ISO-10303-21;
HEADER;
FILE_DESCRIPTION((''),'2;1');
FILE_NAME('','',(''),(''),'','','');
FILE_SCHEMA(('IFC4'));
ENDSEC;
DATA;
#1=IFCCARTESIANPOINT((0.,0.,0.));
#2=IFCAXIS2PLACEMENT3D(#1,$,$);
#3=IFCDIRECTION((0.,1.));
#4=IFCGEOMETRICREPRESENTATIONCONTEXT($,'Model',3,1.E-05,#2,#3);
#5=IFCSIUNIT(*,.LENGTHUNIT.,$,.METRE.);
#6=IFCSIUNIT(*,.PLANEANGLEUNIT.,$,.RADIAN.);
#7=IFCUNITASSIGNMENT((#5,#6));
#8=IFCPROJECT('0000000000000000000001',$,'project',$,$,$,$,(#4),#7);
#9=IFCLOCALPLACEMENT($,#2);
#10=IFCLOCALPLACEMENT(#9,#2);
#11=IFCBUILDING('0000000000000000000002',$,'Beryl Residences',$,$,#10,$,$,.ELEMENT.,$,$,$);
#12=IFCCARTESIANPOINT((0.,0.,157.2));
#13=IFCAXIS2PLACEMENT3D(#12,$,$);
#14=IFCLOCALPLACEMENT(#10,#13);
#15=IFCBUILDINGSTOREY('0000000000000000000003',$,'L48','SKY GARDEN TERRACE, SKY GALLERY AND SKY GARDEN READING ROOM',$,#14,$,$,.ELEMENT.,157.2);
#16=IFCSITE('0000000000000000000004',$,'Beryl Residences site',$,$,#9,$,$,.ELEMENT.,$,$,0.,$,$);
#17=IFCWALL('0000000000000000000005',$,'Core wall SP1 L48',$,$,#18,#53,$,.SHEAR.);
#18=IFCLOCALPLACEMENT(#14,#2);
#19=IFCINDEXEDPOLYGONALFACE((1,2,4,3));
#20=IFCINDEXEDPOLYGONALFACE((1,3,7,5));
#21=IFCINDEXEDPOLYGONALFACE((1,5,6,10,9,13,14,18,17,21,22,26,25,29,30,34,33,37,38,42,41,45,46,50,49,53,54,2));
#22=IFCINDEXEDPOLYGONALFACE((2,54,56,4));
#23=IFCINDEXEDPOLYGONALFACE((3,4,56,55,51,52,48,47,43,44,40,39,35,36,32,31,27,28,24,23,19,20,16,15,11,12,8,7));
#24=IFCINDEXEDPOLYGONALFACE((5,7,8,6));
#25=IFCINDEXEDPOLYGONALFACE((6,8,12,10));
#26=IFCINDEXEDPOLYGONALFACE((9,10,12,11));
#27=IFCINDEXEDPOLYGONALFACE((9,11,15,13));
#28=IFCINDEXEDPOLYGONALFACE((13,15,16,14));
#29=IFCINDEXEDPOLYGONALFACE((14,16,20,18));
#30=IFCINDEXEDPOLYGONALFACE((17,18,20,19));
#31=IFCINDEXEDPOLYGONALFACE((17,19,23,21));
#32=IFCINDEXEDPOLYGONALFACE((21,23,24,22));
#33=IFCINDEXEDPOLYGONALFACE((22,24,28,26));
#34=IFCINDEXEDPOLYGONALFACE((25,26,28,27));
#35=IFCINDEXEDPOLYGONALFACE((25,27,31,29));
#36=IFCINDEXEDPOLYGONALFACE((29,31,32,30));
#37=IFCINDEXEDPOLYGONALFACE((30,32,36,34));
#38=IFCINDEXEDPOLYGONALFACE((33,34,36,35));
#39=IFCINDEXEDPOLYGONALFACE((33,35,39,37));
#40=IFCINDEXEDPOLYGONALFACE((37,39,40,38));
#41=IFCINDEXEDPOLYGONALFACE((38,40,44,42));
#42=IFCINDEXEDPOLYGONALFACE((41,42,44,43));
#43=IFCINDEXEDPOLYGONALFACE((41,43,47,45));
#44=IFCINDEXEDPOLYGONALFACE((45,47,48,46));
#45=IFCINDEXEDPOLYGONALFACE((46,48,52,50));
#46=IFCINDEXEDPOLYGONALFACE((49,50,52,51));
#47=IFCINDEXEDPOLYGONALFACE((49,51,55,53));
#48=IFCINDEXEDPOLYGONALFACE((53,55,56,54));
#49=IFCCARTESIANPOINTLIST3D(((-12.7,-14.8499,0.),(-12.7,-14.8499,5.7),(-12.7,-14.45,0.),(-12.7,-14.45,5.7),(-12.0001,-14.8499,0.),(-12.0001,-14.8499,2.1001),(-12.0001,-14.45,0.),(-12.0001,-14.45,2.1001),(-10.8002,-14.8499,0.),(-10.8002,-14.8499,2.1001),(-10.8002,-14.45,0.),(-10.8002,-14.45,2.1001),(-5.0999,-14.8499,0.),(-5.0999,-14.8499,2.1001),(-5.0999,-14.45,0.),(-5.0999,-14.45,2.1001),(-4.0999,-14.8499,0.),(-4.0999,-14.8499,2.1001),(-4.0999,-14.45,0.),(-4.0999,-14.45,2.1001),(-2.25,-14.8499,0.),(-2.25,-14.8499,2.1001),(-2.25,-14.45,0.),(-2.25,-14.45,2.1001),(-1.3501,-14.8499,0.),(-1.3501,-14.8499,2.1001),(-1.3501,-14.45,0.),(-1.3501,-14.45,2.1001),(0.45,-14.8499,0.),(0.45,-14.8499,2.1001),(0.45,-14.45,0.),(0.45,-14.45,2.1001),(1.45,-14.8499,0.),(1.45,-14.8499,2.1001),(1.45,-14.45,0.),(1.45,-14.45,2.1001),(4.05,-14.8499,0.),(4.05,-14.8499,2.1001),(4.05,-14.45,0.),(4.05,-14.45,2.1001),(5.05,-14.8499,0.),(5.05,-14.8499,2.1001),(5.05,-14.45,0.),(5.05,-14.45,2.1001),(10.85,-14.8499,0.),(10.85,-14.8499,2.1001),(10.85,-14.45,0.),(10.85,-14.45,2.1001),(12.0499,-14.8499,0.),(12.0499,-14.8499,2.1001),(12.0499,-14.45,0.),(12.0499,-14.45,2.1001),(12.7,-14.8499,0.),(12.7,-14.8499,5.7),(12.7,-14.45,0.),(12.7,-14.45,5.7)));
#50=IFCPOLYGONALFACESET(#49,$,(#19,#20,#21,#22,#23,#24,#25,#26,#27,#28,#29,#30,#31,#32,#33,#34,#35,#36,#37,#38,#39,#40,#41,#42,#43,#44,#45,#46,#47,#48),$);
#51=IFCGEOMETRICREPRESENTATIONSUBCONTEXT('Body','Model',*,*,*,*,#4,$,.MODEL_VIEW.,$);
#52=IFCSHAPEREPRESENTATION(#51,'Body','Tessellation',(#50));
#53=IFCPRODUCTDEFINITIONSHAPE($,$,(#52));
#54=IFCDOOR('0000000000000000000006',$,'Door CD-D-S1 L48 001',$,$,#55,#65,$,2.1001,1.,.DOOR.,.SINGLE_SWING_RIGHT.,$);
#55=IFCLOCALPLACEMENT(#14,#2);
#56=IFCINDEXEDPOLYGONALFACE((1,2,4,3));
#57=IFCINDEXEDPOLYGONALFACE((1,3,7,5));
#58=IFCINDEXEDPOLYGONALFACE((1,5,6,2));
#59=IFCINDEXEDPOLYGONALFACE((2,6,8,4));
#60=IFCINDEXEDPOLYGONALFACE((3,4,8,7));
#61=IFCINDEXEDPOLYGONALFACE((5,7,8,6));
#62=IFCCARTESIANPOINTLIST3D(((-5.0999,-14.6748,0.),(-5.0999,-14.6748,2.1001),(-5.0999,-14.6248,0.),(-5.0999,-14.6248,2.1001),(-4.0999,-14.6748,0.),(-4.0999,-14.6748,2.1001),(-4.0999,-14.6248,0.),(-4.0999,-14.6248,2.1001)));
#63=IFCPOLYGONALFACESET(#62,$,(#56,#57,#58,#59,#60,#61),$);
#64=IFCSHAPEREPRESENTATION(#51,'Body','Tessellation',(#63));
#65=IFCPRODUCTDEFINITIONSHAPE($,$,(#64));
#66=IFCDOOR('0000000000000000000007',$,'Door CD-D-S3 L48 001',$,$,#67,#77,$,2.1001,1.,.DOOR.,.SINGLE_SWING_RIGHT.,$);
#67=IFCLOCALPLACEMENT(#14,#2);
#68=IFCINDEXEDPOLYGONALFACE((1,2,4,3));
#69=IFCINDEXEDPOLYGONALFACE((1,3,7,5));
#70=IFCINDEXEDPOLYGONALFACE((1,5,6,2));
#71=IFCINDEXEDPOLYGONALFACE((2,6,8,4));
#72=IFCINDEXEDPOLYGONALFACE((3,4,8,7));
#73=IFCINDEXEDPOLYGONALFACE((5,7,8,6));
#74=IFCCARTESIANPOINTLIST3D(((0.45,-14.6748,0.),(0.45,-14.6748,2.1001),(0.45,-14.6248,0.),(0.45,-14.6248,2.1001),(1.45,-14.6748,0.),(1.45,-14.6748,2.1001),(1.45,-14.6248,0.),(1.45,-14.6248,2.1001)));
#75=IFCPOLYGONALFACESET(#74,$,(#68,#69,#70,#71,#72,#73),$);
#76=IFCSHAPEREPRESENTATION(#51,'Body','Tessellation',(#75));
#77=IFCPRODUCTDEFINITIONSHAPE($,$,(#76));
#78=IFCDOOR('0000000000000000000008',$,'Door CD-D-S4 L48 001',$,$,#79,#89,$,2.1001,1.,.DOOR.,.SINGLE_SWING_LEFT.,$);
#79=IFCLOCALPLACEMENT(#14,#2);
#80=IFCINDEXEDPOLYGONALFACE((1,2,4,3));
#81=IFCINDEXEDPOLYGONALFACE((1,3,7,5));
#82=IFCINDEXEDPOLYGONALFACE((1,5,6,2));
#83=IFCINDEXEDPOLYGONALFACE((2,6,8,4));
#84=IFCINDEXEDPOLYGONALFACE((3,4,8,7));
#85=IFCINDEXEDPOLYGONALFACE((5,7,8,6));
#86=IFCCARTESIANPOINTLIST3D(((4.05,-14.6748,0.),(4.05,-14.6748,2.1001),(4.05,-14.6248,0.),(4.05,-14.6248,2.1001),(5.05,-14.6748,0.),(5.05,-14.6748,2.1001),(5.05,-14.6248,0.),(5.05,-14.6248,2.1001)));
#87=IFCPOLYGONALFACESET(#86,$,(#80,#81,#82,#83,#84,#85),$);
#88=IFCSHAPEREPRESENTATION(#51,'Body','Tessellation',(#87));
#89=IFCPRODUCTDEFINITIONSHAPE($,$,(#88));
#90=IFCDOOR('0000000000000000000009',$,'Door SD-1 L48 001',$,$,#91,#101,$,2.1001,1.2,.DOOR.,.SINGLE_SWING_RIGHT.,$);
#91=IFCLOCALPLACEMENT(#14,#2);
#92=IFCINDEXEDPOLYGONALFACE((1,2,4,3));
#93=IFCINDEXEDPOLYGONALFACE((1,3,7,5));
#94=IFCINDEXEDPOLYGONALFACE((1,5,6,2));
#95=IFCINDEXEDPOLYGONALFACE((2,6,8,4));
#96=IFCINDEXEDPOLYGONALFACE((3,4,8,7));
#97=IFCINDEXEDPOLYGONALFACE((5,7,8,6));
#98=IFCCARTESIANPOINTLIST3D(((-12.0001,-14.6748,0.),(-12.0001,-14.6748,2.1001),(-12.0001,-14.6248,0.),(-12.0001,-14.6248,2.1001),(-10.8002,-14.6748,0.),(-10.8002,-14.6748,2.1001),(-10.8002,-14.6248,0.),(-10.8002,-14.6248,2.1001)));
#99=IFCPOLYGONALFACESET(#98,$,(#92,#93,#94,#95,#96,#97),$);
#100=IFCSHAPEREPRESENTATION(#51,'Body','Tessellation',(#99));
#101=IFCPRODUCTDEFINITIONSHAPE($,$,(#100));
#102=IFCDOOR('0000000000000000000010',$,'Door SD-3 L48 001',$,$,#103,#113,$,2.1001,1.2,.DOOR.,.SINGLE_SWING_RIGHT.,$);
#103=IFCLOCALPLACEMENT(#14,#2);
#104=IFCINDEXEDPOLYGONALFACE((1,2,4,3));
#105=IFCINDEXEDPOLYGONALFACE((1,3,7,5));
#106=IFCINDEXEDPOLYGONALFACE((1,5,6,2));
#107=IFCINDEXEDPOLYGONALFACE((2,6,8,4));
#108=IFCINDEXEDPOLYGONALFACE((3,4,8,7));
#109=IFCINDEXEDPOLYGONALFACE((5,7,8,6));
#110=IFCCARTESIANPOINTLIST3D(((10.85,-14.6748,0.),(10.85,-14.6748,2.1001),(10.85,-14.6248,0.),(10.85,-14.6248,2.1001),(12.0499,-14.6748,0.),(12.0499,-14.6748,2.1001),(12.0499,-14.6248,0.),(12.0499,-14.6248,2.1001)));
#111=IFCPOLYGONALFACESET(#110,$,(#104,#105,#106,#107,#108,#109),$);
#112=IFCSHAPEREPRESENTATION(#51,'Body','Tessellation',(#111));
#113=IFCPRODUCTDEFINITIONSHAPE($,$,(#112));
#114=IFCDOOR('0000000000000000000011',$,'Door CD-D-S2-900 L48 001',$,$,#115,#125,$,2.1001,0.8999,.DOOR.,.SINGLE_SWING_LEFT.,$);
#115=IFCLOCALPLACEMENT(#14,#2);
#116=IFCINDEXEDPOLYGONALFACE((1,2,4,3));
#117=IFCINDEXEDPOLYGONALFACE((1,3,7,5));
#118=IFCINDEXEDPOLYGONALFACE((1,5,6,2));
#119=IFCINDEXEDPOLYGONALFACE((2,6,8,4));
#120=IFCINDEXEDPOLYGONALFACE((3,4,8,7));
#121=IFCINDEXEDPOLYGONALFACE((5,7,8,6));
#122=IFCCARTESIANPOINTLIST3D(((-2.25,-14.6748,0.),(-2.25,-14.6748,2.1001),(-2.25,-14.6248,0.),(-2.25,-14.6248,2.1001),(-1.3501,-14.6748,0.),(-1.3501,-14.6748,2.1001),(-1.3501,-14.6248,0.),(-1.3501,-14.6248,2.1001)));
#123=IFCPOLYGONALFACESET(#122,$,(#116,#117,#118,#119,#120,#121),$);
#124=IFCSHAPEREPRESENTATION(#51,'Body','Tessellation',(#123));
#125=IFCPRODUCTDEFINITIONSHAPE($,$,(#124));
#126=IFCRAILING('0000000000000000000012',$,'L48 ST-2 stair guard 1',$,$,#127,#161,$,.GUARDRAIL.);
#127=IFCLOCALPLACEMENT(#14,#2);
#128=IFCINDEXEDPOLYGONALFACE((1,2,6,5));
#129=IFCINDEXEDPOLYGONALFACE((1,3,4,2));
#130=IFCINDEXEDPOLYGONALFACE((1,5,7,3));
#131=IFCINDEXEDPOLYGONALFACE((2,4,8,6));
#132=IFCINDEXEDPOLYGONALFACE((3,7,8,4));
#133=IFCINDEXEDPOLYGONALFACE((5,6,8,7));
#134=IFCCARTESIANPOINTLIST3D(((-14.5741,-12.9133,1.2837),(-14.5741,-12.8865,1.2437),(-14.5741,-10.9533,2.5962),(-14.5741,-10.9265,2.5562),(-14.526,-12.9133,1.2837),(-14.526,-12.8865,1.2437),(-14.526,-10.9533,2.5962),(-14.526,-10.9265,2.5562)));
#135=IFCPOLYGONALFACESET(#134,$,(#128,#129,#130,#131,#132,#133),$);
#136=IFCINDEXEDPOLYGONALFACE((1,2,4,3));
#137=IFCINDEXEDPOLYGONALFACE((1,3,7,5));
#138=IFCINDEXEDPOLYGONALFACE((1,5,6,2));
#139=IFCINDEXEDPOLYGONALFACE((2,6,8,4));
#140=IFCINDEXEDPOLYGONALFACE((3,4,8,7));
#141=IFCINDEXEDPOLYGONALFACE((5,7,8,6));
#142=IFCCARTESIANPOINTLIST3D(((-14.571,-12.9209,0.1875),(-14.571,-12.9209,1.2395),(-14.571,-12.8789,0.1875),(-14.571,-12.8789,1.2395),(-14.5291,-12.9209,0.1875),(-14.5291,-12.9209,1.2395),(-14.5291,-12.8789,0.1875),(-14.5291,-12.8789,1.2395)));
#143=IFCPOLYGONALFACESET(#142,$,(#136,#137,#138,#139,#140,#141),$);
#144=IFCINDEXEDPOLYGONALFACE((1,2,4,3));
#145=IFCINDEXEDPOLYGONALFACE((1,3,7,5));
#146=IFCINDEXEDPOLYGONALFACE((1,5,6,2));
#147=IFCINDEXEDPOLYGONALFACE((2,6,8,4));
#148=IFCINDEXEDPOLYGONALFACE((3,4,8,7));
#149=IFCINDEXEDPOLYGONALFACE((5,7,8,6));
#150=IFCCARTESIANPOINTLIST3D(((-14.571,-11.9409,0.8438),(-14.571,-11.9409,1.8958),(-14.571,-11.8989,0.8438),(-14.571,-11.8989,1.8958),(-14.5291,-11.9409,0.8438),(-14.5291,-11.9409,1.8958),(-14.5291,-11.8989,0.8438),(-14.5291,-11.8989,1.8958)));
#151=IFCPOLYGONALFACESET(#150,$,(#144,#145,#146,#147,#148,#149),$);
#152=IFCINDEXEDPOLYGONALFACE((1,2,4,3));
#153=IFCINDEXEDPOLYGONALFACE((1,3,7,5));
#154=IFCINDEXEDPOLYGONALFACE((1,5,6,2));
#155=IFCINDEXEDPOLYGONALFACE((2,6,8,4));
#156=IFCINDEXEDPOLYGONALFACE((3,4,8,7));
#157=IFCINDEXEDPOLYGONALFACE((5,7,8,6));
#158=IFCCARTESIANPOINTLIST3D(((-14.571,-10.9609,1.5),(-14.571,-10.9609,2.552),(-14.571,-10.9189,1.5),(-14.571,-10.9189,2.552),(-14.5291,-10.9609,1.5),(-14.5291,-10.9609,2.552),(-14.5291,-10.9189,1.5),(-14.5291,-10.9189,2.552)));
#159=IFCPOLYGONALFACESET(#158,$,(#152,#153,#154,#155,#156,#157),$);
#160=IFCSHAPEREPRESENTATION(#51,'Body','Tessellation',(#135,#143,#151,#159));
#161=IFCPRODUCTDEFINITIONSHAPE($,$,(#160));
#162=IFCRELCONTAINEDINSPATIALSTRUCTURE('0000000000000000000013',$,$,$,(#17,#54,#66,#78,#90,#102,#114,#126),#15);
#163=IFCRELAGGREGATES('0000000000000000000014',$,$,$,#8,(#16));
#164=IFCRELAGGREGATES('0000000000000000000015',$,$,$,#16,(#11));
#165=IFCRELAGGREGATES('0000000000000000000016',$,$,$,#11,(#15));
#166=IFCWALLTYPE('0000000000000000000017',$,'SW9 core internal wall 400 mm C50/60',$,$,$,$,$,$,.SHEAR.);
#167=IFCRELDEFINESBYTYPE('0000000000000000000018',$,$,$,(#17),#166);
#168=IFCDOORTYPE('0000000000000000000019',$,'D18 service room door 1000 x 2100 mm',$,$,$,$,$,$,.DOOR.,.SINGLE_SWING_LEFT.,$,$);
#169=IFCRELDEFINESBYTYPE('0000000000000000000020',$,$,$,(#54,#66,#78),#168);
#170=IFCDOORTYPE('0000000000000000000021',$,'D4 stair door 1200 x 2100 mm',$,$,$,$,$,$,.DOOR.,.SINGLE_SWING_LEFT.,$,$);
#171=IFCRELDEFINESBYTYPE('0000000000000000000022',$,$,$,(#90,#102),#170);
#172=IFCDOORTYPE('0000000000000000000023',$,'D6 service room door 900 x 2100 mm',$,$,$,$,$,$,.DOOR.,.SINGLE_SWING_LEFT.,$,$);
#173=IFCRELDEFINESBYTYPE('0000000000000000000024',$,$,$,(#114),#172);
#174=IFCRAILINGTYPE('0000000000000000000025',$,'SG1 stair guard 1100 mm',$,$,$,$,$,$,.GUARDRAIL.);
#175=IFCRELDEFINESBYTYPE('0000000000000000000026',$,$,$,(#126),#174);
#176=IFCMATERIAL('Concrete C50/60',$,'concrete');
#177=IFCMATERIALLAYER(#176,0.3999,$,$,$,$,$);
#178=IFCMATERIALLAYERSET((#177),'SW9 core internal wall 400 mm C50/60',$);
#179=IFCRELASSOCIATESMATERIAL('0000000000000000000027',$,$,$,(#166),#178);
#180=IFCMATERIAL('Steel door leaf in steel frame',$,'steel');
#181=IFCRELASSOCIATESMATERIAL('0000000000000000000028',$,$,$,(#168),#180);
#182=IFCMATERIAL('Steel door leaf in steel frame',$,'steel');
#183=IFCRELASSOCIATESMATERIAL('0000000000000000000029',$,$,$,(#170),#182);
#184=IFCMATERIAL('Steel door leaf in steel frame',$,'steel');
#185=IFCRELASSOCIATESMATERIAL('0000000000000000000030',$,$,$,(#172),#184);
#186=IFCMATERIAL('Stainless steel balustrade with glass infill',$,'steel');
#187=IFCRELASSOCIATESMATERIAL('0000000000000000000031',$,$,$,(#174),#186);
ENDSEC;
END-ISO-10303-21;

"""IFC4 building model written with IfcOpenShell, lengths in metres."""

from ifc_helpers import new_model, si_unit, direction, frame, frame_2d, origin, origin_2d, place, context, subcontext, project, spatial, rectangle, extrude, material, layer, layer_set, type_object, element, fill, save


model = new_model("IFC4")

# Units and contexts
model_context = context("Model", 3, precision=1e-05, world=origin(), true_north=direction((0.0, 1.0)))
body_context = subcontext(model_context, "Body", "Model", "MODEL_VIEW")
ifc_project = project(units=[si_unit("LENGTHUNIT", "METRE"), si_unit("PLANEANGLEUNIT", "RADIAN")], contexts=[model_context])

# Site, building, storey
site_placement = place(None, origin())
site = spatial("IfcSite", under=ifc_project, at=site_placement, Name="Beryl Residences site", CompositionType="ELEMENT", RefElevation=0.0)
building_placement = place(site_placement, origin())
building = spatial("IfcBuilding", under=site, at=building_placement, Name="Beryl Residences", CompositionType="ELEMENT")
storey_placement = place(building_placement, frame((0.0, 0.0, 157.2)))
storey = spatial("IfcBuildingStorey", under=building, at=storey_placement, Name="L48", Description="SKY GARDEN TERRACE, SKY GALLERY AND SKY GARDEN READING ROOM", CompositionType="ELEMENT", Elevation=157.2)

# Wall, openings, doors
ifc_material_1 = material(Name="Concrete C50/60", Category="concrete")
ifc_layer_1 = layer(ifc_material_1, 0.3999)
ifc_layer_set_1 = layer_set([ifc_layer_1], Name="SW9 core internal wall 400 mm C50/60")
wall_type_1 = type_object("IfcWallType", Name="SW9 core internal wall 400 mm C50/60", PredefinedType="SHEAR", material=ifc_layer_set_1)
wall_1_placement = place(storey_placement, frame((-12.7, -14.6499, 0.0), z_axis=(0.0, 0.0, 1.0), x_axis=(1.0, 0.0, 0.0)))
wall_1 = element("IfcWall", 1, at=wall_1_placement, inside=storey, type_object=wall_type_1, Name="Core wall SP1 L48", PredefinedType="SHEAR", context=body_context, shape_type="SweptSolid", body=[
    extrude(rectangle(XDim=25.3999, YDim=0.3999, at=frame_2d((12.7, 0.0))), origin(), (0.0, 0.0, 1.0), 5.7),
])
opening_1_placement = place(wall_1_placement, frame((1.8999, 0.0, 0.0), z_axis=(0.0, 0.0, 1.0), x_axis=(-1.0, 0.0, 0.0)))
opening_1 = element("IfcOpeningElement", 2, at=opening_1_placement, cuts=wall_1, PredefinedType="OPENING", context=body_context, shape_type="SweptSolid", body=[
    extrude(rectangle(XDim=1.2, YDim=2.1001, at=frame_2d((0.6001, 1.05))), frame((0.0, 0.21, 0.0), z_axis=(0.0, -1.0, 0.0), x_axis=(1.0, 0.0, 0.0)), (0.0, 0.0, 1.0), 0.4199),
])
opening_2_placement = place(wall_1_placement, frame((24.75, 0.0, 0.0), z_axis=(0.0, 0.0, 1.0), x_axis=(-1.0, 0.0, 0.0)))
opening_2 = element("IfcOpeningElement", 3, at=opening_2_placement, cuts=wall_1, PredefinedType="OPENING", context=body_context, shape_type="SweptSolid", body=[
    extrude(rectangle(XDim=1.2, YDim=2.1001, at=frame_2d((0.6001, 1.05))), frame((0.0, 0.21, 0.0), z_axis=(0.0, -1.0, 0.0), x_axis=(1.0, 0.0, 0.0)), (0.0, 0.0, 1.0), 0.4199),
])
opening_3_placement = place(wall_1_placement, frame((8.6001, 0.0, 0.0), z_axis=(0.0, 0.0, 1.0), x_axis=(-1.0, 0.0, 0.0)))
opening_3 = element("IfcOpeningElement", 4, at=opening_3_placement, cuts=wall_1, PredefinedType="OPENING", context=body_context, shape_type="SweptSolid", body=[
    extrude(rectangle(XDim=1.0, YDim=2.1001, at=frame_2d((0.5, 1.05))), frame((0.0, 0.21, 0.0), z_axis=(0.0, -1.0, 0.0), x_axis=(1.0, 0.0, 0.0)), (0.0, 0.0, 1.0), 0.4199),
])
opening_4_placement = place(wall_1_placement, frame((11.3499, 0.0, 0.0), z_axis=(0.0, 0.0, 1.0), x_axis=(-1.0, 0.0, 0.0)))
opening_4 = element("IfcOpeningElement", 5, at=opening_4_placement, cuts=wall_1, PredefinedType="OPENING", context=body_context, shape_type="SweptSolid", body=[
    extrude(rectangle(XDim=0.8999, YDim=2.1001, at=frame_2d((0.45, 1.05))), frame((0.0, 0.21, 0.0), z_axis=(0.0, -1.0, 0.0), x_axis=(1.0, 0.0, 0.0)), (0.0, 0.0, 1.0), 0.4199),
])
opening_5_placement = place(wall_1_placement, frame((14.1499, 0.0, 0.0), z_axis=(0.0, 0.0, 1.0), x_axis=(-1.0, 0.0, 0.0)))
opening_5 = element("IfcOpeningElement", 6, at=opening_5_placement, cuts=wall_1, PredefinedType="OPENING", context=body_context, shape_type="SweptSolid", body=[
    extrude(rectangle(XDim=1.0, YDim=2.1001, at=frame_2d((0.5, 1.05))), frame((0.0, 0.21, 0.0), z_axis=(0.0, -1.0, 0.0), x_axis=(1.0, 0.0, 0.0)), (0.0, 0.0, 1.0), 0.4199),
])
opening_6_placement = place(wall_1_placement, frame((17.75, 0.0, 0.0), z_axis=(0.0, 0.0, 1.0), x_axis=(-1.0, 0.0, 0.0)))
opening_6 = element("IfcOpeningElement", 7, at=opening_6_placement, cuts=wall_1, PredefinedType="OPENING", context=body_context, shape_type="SweptSolid", body=[
    extrude(rectangle(XDim=1.0, YDim=2.1001, at=frame_2d((0.5, 1.05))), frame((0.0, 0.21, 0.0), z_axis=(0.0, -1.0, 0.0), x_axis=(1.0, 0.0, 0.0)), (0.0, 0.0, 1.0), 0.4199),
])
ifc_material_2 = material(Name="Steel door leaf in steel frame", Category="steel")
door_type_1 = type_object("IfcDoorType", Name="D18 service room door 1000 x 2100 mm", OperationType="SINGLE_SWING_LEFT", PredefinedType="DOOR", material=ifc_material_2)
door_1_placement = place(opening_3_placement, origin())
door_1 = element("IfcDoor", 8, at=door_1_placement, inside=storey, type_object=door_type_1, Name="Door CD-D-S1 L48 001", OperationType="SINGLE_SWING_RIGHT", OverallHeight=2.1001, OverallWidth=1.0, PredefinedType="DOOR", context=body_context, shape_type="SweptSolid", body=[
    extrude(rectangle(XDim=1.0, YDim=2.1001, at=frame_2d((0.5, 1.05))), frame((0.0, 0.0249, 0.0), z_axis=(0.0, -1.0, 0.0), x_axis=(1.0, 0.0, 0.0)), (0.0, 0.0, 1.0), 0.05),
])
fill(opening_3, door_1)
door_2_placement = place(opening_5_placement, origin())
door_2 = element("IfcDoor", 9, at=door_2_placement, inside=storey, type_object=door_type_1, Name="Door CD-D-S3 L48 001", OperationType="SINGLE_SWING_RIGHT", OverallHeight=2.1001, OverallWidth=1.0, PredefinedType="DOOR", context=body_context, shape_type="SweptSolid", body=[
    extrude(rectangle(XDim=1.0, YDim=2.1001, at=frame_2d((0.5, 1.05))), frame((0.0, 0.0249, 0.0), z_axis=(0.0, -1.0, 0.0), x_axis=(1.0, 0.0, 0.0)), (0.0, 0.0, 1.0), 0.05),
])
fill(opening_5, door_2)
door_3_placement = place(opening_6_placement, origin())
door_3 = element("IfcDoor", 10, at=door_3_placement, inside=storey, type_object=door_type_1, Name="Door CD-D-S4 L48 001", OperationType="SINGLE_SWING_LEFT", OverallHeight=2.1001, OverallWidth=1.0, PredefinedType="DOOR", context=body_context, shape_type="SweptSolid", body=[
    extrude(rectangle(XDim=1.0, YDim=2.1001, at=frame_2d((0.5, 1.05))), frame((0.0, 0.0249, 0.0), z_axis=(0.0, -1.0, 0.0), x_axis=(1.0, 0.0, 0.0)), (0.0, 0.0, 1.0), 0.05),
])
fill(opening_6, door_3)
ifc_material_3 = material(Name="Steel door leaf in steel frame", Category="steel")
door_type_2 = type_object("IfcDoorType", Name="D4 stair door 1200 x 2100 mm", OperationType="SINGLE_SWING_LEFT", PredefinedType="DOOR", material=ifc_material_3)
door_4_placement = place(opening_1_placement, origin())
door_4 = element("IfcDoor", 11, at=door_4_placement, inside=storey, type_object=door_type_2, Name="Door SD-1 L48 001", OperationType="SINGLE_SWING_RIGHT", OverallHeight=2.1001, OverallWidth=1.2, PredefinedType="DOOR", context=body_context, shape_type="SweptSolid", body=[
    extrude(rectangle(XDim=1.2, YDim=2.1001, at=frame_2d((0.6001, 1.05))), frame((0.0, 0.0249, 0.0), z_axis=(0.0, -1.0, 0.0), x_axis=(1.0, 0.0, 0.0)), (0.0, 0.0, 1.0), 0.05),
])
fill(opening_1, door_4)
door_5_placement = place(opening_2_placement, origin())
door_5 = element("IfcDoor", 12, at=door_5_placement, inside=storey, type_object=door_type_2, Name="Door SD-3 L48 001", OperationType="SINGLE_SWING_RIGHT", OverallHeight=2.1001, OverallWidth=1.2, PredefinedType="DOOR", context=body_context, shape_type="SweptSolid", body=[
    extrude(rectangle(XDim=1.2, YDim=2.1001, at=frame_2d((0.6001, 1.05))), frame((0.0, 0.0249, 0.0), z_axis=(0.0, -1.0, 0.0), x_axis=(1.0, 0.0, 0.0)), (0.0, 0.0, 1.0), 0.05),
])
fill(opening_2, door_5)
ifc_material_4 = material(Name="Steel door leaf in steel frame", Category="steel")
door_type_3 = type_object("IfcDoorType", Name="D6 service room door 900 x 2100 mm", OperationType="SINGLE_SWING_LEFT", PredefinedType="DOOR", material=ifc_material_4)
door_6_placement = place(opening_4_placement, origin())
door_6 = element("IfcDoor", 13, at=door_6_placement, inside=storey, type_object=door_type_3, Name="Door CD-D-S2-900 L48 001", OperationType="SINGLE_SWING_LEFT", OverallHeight=2.1001, OverallWidth=0.8999, PredefinedType="DOOR", context=body_context, shape_type="SweptSolid", body=[
    extrude(rectangle(XDim=0.8999, YDim=2.1001, at=frame_2d((0.45, 1.05))), frame((0.0, 0.0249, 0.0), z_axis=(0.0, -1.0, 0.0), x_axis=(1.0, 0.0, 0.0)), (0.0, 0.0, 1.0), 0.05),
])
fill(opening_4, door_6)

# Railing
ifc_material_5 = material(Name="Stainless steel balustrade with glass infill", Category="steel")
railing_type_1 = type_object("IfcRailingType", Name="SG1 stair guard 1100 mm", PredefinedType="GUARDRAIL", material=ifc_material_5)
railing_1_placement = place(storey_placement, frame((-14.55, -12.8999, 0.1875)))
element("IfcRailing", 14, at=railing_1_placement, inside=storey, type_object=railing_type_1, Name="L48 ST-2 stair guard 1", PredefinedType="GUARDRAIL", context=body_context, shape_type="SweptSolid", body=[
    extrude(rectangle(XDim=0.0481, YDim=0.0481, at=origin_2d()), frame((0.0, 0.0, 1.0762), z_axis=(0.0, 0.830902, 0.556419), x_axis=(-1.0, 0.0, 0.0)), (0.0, 0.0, 1.0), 2.3589),
    extrude(rectangle(XDim=0.042, YDim=0.042, at=origin_2d()), origin(), (0.0, 0.0, 1.0), 1.052),
    extrude(rectangle(XDim=0.042, YDim=0.042, at=origin_2d()), frame((0.0, 0.98, 0.6562)), (0.0, 0.0, 1.0), 1.052),
    extrude(rectangle(XDim=0.042, YDim=0.042, at=origin_2d()), frame((0.0, 1.96, 1.3125)), (0.0, 0.0, 1.0), 1.052),
])

save(model, "model.ifc")
